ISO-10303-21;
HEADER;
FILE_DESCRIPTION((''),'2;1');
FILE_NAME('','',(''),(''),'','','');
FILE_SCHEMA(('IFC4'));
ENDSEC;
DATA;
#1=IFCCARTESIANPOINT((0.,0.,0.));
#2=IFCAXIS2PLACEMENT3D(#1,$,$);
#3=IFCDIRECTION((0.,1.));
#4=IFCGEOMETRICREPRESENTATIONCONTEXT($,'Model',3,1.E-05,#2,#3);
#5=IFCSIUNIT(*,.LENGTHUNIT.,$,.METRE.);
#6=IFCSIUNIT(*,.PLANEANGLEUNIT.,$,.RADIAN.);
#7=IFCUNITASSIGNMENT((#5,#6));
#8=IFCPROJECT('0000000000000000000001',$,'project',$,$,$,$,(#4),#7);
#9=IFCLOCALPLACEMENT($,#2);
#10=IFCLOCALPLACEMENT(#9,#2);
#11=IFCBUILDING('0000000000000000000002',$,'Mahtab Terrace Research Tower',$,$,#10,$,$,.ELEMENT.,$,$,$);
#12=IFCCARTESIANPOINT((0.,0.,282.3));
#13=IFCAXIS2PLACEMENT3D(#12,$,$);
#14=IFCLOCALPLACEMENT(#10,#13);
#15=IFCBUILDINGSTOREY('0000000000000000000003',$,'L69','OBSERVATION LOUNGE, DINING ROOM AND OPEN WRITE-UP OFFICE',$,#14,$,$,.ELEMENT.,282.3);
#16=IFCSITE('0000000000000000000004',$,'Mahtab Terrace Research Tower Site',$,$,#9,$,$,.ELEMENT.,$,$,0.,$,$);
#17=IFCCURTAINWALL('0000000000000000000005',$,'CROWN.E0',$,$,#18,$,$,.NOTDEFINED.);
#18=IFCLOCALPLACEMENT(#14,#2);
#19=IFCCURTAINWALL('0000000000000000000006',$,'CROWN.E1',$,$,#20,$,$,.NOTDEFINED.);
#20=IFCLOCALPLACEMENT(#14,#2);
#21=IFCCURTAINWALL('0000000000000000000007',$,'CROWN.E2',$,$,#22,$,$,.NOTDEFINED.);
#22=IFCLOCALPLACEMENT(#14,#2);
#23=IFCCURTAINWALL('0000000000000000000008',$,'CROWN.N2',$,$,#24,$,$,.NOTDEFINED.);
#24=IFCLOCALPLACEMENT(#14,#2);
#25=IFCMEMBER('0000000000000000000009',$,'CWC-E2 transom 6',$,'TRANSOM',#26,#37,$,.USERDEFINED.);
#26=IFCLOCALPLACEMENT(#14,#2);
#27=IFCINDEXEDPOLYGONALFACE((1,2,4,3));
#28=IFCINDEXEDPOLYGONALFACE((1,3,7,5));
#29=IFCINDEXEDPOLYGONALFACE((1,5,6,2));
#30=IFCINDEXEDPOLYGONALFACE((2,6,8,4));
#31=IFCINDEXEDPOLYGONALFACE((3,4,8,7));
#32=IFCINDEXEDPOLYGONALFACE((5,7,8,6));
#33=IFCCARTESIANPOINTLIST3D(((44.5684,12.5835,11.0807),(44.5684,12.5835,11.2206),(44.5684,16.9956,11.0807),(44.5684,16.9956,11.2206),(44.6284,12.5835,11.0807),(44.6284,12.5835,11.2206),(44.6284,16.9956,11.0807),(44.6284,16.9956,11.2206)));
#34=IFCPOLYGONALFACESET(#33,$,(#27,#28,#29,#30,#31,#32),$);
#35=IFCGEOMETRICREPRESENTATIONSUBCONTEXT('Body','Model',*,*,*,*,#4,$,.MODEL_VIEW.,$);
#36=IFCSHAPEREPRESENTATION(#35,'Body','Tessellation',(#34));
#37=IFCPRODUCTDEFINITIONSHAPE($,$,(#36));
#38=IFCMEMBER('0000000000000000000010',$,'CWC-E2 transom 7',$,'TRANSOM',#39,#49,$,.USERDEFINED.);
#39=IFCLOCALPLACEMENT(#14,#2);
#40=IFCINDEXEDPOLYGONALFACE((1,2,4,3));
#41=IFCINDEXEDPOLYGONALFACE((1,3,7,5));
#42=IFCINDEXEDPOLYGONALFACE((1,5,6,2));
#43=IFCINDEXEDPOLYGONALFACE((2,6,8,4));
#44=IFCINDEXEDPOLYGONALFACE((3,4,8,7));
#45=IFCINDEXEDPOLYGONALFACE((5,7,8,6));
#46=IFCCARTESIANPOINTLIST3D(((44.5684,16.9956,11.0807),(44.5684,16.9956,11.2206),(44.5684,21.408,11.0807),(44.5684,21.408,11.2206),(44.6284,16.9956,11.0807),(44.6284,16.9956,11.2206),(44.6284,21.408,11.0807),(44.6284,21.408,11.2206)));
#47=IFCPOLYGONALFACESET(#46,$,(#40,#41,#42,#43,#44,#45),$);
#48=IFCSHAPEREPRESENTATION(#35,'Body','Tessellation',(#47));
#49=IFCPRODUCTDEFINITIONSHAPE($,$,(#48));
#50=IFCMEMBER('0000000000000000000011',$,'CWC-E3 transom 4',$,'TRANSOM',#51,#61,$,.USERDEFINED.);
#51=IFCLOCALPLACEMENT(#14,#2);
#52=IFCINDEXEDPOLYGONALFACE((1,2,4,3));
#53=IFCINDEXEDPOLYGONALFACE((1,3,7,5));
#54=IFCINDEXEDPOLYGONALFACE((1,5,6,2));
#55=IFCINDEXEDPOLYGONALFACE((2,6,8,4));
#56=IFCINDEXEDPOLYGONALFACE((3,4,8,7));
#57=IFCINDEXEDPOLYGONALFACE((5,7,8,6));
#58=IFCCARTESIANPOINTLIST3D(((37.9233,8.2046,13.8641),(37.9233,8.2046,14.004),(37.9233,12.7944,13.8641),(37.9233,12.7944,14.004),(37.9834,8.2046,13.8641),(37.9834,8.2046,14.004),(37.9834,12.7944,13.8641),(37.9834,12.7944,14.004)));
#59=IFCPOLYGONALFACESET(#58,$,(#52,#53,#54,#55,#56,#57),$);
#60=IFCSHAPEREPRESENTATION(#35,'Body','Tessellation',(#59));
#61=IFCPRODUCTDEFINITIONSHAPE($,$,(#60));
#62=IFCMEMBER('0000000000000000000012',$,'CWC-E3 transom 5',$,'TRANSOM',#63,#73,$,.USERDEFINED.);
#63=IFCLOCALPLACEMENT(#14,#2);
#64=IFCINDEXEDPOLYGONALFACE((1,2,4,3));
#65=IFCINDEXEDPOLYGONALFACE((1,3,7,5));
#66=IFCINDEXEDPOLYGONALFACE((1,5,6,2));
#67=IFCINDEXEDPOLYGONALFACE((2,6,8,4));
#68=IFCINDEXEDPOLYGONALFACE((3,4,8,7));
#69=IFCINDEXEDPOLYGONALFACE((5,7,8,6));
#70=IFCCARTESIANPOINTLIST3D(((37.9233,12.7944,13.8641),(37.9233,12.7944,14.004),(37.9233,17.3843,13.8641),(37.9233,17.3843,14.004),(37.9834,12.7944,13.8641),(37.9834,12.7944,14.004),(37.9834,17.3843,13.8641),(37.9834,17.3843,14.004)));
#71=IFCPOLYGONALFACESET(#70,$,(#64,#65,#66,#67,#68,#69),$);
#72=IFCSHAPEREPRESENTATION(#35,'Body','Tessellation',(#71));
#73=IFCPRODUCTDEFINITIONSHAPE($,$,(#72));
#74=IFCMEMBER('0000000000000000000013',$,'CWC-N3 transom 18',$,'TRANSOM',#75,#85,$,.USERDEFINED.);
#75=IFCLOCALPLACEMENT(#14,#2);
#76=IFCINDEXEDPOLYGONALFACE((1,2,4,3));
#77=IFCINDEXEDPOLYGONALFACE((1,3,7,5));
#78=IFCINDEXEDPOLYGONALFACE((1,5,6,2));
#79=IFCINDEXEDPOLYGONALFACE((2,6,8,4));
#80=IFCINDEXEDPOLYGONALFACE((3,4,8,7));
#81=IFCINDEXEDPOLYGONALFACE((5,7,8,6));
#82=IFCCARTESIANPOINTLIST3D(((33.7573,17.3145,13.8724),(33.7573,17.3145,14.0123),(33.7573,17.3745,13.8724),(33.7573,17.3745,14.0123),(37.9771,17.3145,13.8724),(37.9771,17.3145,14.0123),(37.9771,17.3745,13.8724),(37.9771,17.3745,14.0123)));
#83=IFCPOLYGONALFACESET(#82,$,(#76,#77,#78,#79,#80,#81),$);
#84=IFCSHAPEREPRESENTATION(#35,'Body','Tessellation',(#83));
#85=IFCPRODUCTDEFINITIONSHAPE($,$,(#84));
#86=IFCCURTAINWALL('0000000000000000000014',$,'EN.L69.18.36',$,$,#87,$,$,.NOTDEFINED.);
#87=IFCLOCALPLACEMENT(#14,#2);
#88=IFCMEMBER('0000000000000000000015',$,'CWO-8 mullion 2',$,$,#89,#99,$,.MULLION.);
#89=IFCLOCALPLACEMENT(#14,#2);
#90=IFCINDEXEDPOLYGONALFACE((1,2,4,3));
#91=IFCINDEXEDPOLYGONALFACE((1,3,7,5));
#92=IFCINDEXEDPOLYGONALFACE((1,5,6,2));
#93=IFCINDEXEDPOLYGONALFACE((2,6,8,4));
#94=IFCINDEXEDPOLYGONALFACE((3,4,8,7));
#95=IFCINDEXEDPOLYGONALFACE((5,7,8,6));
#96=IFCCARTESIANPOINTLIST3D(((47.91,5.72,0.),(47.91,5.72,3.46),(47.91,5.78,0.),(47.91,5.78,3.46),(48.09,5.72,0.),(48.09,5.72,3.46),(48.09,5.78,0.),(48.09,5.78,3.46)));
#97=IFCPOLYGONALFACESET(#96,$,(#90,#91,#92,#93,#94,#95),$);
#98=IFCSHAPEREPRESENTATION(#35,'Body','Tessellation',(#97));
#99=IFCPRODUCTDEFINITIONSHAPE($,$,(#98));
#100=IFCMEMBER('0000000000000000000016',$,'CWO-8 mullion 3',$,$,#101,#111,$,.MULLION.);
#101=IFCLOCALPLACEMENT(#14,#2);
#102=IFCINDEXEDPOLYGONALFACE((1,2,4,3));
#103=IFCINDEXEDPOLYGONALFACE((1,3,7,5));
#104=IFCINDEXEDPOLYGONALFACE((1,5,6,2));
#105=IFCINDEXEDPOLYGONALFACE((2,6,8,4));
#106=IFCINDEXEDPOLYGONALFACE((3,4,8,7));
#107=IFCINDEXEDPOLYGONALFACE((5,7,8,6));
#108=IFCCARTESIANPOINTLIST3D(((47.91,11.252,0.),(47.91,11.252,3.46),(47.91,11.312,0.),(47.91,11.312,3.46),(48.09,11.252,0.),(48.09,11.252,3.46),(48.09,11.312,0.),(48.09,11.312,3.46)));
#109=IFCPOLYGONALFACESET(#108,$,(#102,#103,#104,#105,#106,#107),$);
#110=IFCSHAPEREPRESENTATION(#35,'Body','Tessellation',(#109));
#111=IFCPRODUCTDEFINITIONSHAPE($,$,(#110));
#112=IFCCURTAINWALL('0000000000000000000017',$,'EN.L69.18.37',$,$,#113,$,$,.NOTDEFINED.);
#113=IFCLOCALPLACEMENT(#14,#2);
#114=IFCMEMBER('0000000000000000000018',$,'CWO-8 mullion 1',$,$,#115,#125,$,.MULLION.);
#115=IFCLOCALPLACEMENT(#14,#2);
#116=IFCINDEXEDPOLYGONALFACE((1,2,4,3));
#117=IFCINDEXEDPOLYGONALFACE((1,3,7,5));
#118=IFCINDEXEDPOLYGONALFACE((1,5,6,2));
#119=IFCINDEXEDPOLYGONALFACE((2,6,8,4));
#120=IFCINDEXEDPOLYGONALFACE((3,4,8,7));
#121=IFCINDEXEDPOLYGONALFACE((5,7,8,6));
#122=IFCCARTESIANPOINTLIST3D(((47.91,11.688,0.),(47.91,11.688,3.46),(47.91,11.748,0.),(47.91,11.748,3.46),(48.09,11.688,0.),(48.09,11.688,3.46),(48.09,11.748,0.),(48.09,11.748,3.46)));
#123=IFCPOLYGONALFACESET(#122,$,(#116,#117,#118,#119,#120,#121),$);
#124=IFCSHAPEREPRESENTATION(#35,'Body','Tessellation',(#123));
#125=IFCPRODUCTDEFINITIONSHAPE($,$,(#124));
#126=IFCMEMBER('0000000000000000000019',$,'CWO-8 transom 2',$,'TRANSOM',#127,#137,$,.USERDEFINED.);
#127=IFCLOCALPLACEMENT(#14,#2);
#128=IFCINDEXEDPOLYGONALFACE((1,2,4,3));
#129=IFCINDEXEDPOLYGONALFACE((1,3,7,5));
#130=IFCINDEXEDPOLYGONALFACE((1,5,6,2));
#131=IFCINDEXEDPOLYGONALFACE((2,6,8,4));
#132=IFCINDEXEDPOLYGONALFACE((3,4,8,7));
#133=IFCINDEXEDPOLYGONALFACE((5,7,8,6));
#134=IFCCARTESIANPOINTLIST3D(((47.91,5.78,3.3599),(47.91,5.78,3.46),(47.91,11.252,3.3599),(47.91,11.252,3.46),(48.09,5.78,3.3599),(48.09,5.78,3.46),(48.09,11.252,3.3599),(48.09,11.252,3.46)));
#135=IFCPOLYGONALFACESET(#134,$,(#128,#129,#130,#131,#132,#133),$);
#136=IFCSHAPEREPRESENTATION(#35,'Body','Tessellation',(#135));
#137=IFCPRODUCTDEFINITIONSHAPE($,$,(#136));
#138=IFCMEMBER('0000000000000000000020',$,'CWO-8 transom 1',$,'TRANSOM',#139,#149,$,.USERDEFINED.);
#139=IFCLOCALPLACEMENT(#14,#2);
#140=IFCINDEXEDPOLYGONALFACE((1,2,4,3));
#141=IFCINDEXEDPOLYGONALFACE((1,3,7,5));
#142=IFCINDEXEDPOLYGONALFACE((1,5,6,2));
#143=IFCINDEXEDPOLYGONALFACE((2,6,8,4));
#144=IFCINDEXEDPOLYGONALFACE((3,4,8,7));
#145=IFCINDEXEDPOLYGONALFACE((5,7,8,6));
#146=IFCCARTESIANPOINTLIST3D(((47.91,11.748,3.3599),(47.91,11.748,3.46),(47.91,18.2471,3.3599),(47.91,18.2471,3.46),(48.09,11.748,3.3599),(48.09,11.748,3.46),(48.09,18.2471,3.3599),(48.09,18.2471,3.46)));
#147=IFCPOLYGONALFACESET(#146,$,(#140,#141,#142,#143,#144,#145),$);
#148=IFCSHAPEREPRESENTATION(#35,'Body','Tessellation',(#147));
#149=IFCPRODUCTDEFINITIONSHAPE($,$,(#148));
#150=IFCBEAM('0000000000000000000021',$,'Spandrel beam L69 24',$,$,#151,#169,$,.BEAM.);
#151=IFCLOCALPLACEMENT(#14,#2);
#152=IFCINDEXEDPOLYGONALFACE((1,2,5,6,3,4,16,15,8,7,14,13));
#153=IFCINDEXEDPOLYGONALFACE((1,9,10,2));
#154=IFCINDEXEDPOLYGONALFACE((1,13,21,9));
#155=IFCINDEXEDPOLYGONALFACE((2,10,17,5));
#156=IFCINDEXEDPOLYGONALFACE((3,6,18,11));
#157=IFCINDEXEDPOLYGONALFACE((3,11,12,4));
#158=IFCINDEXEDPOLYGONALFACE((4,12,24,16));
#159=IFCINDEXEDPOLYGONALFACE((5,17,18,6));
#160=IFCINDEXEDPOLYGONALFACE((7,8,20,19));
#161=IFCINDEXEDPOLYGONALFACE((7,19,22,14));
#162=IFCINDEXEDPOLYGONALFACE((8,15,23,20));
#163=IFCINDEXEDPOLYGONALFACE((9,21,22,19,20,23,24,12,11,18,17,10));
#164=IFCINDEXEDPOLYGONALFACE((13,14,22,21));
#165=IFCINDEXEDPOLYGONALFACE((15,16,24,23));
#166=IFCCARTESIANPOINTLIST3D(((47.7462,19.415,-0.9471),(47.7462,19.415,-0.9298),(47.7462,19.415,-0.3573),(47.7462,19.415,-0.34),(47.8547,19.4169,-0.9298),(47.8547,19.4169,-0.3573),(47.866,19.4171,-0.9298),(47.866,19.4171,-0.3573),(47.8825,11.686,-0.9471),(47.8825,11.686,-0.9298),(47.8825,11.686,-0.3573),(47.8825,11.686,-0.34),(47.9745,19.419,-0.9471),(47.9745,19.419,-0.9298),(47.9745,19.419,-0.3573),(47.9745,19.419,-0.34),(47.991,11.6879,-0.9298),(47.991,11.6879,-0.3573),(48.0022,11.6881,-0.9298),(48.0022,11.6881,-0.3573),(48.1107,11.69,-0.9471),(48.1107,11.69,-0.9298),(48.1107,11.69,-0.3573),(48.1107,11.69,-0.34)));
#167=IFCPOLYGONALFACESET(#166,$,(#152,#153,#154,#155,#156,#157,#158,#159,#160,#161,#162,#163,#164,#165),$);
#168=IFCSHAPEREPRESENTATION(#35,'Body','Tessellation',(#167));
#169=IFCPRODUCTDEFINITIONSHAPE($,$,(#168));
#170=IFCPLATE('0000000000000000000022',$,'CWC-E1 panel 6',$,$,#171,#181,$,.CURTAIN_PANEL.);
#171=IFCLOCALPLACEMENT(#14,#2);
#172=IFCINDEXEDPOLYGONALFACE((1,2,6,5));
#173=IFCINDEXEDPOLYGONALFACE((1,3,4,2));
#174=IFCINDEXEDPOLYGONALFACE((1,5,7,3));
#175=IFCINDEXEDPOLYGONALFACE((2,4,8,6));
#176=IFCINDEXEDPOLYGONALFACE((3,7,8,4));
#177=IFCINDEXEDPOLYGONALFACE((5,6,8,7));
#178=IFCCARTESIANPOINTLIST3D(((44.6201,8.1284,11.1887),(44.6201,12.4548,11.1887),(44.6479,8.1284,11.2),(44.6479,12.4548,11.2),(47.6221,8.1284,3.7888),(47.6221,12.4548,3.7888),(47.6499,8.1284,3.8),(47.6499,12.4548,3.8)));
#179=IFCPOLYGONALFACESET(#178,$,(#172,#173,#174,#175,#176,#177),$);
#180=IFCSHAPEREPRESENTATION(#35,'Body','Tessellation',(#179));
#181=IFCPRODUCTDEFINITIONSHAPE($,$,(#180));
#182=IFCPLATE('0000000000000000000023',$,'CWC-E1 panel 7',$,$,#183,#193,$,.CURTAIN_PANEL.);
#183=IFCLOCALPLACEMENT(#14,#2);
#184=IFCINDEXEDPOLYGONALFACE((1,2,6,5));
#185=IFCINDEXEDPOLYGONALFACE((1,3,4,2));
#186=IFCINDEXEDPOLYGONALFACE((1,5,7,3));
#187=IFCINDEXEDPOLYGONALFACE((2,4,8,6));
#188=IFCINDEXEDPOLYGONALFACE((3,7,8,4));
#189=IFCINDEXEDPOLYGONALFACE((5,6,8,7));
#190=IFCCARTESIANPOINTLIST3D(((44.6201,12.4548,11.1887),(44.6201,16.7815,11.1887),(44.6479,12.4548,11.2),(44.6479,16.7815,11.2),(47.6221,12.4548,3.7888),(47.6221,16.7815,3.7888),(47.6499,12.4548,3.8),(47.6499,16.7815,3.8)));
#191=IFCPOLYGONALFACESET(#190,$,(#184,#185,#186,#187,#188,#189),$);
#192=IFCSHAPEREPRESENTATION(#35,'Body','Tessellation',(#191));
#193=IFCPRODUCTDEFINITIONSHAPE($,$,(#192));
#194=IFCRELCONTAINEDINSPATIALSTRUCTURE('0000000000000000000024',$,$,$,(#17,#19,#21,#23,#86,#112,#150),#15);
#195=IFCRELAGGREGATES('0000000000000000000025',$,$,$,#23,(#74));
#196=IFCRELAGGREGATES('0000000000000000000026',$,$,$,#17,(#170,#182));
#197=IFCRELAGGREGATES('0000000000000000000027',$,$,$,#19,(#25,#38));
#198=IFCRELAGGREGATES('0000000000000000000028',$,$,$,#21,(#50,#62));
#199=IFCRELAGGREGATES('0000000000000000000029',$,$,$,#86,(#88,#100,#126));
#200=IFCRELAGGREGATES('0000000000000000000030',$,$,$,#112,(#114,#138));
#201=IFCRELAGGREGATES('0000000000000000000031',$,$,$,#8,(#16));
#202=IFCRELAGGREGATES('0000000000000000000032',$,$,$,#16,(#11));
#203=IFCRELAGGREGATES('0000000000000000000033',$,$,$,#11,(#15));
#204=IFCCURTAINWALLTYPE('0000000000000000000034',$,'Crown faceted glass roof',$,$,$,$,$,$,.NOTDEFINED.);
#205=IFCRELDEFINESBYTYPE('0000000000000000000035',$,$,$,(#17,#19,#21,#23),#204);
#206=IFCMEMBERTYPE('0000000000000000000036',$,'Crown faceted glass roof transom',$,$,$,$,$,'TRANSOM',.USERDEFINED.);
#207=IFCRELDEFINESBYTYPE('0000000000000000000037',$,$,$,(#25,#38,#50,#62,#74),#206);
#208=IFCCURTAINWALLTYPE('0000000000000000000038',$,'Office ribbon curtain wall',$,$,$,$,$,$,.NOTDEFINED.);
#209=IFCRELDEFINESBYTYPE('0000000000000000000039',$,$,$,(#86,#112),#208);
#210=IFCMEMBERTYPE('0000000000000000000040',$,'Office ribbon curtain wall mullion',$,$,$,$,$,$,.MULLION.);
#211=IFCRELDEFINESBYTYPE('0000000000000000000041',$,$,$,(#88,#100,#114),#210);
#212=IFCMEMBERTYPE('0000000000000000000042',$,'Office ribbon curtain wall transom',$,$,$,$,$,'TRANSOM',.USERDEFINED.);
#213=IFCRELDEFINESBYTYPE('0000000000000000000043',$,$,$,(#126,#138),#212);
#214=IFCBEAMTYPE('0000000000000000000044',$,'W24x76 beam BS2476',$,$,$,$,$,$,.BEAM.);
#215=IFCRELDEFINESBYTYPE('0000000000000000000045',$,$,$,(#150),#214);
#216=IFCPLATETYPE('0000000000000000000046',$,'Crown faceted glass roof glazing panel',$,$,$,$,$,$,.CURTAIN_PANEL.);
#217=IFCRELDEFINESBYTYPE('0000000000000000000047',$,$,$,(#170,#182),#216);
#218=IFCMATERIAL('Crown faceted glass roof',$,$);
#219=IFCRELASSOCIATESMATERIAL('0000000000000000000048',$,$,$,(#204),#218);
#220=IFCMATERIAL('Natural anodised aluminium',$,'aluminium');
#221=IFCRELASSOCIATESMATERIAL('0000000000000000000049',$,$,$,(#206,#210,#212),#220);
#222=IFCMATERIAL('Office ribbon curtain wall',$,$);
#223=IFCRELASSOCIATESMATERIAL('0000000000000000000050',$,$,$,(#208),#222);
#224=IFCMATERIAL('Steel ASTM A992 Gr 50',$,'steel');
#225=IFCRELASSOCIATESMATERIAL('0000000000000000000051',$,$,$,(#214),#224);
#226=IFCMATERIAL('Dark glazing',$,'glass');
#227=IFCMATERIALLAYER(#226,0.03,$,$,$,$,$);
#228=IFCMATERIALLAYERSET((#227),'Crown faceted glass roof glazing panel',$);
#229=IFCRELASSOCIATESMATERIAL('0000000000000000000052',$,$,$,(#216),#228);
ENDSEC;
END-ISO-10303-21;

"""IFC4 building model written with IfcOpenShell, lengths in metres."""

from ifc_helpers import new_model, si_unit, direction, frame, origin, origin_2d, place, context, subcontext, project, spatial, polyline, rectangle, i_section, outline, extrude, material, layer, layer_set, material_profile, profile_set, type_object, element, aggregate, save


model = new_model("IFC4")

# Units and contexts
model_context = context("Model", 3, precision=1e-05, world=origin(), true_north=direction((0.0, 1.0)))
body_context = subcontext(model_context, "Body", "Model", "MODEL_VIEW")
ifc_project = project(units=[si_unit("LENGTHUNIT", "METRE"), si_unit("PLANEANGLEUNIT", "RADIAN")], contexts=[model_context])

# Site, building, storey
site_placement = place(None, origin())
site = spatial("IfcSite", under=ifc_project, at=site_placement, Name="Mahtab Terrace Research Tower Site", CompositionType="ELEMENT", RefElevation=0.0)
building_placement = place(site_placement, origin())
building = spatial("IfcBuilding", under=site, at=building_placement, Name="Mahtab Terrace Research Tower", CompositionType="ELEMENT")
storey_placement = place(building_placement, frame((0.0, 0.0, 282.3)))
storey = spatial("IfcBuildingStorey", under=building, at=storey_placement, Name="L69", Description="OBSERVATION LOUNGE, DINING ROOM AND OPEN WRITE-UP OFFICE", CompositionType="ELEMENT", Elevation=282.3)

# Shared definitions
ifc_material_1 = material(Name="Steel ASTM A992 Gr 50", Category="steel")

# Curtain walls
ifc_material_2 = material(Name="Crown faceted glass roof")
curtain_wall_type_1 = type_object("IfcCurtainWallType", Name="Crown faceted glass roof", PredefinedType="NOTDEFINED", material=ifc_material_2)
curtain_wall_1_placement = place(storey_placement, origin())
curtain_wall_1 = element("IfcCurtainWall", 1, at=curtain_wall_1_placement, inside=storey, type_object=curtain_wall_type_1, Name="CROWN.E0", PredefinedType="NOTDEFINED")
ifc_material_3 = material(Name="Natural anodised aluminium", Category="aluminium")
curtain_wall_2_placement = place(storey_placement, origin())
curtain_wall_2 = element("IfcCurtainWall", 2, at=curtain_wall_2_placement, inside=storey, type_object=curtain_wall_type_1, Name="CROWN.E1", PredefinedType="NOTDEFINED")
curtain_wall_3_placement = place(storey_placement, origin())
curtain_wall_3 = element("IfcCurtainWall", 3, at=curtain_wall_3_placement, inside=storey, type_object=curtain_wall_type_1, Name="CROWN.E2", PredefinedType="NOTDEFINED")

# Curtain wall
curtain_wall_4_placement = place(storey_placement, origin())
curtain_wall_4 = element("IfcCurtainWall", 4, at=curtain_wall_4_placement, inside=storey, type_object=curtain_wall_type_1, Name="CROWN.N2", PredefinedType="NOTDEFINED")

# Members
ifc_material_profile_1 = material_profile(ifc_material_3, rectangle(XDim=0.0601, YDim=0.1399, at=origin_2d()), Name="TRANSOM 60x140")
ifc_profile_set_1 = profile_set([ifc_material_profile_1], Name="Natural anodised aluminium")
member_type_1 = type_object("IfcMemberType", Name="Crown faceted glass roof transom", ElementType="TRANSOM", PredefinedType="USERDEFINED", material=ifc_profile_set_1)
member_1_placement = place(storey_placement, frame((44.5984, 12.5835, 11.1506), z_axis=(0.0, 1.0, 0.0), x_axis=(-1.0, 0.0, 0.0)))
member_1 = element("IfcMember", 5, at=member_1_placement, type_object=member_type_1, Name="CWC-E2 transom 6", ObjectType="TRANSOM", PredefinedType="USERDEFINED", context=body_context, shape_type="SweptSolid", body=[
    extrude(rectangle(XDim=0.0601, YDim=0.1399, at=origin_2d()), origin(), (0.0, 0.0, 1.0), 4.4121),
])
member_2_placement = place(storey_placement, frame((44.5984, 16.9956, 11.1506), z_axis=(0.0, 1.0, 0.0), x_axis=(-1.0, 0.0, 0.0)))
member_2 = element("IfcMember", 6, at=member_2_placement, type_object=member_type_1, Name="CWC-E2 transom 7", ObjectType="TRANSOM", PredefinedType="USERDEFINED", context=body_context, shape_type="SweptSolid", body=[
    extrude(rectangle(XDim=0.0601, YDim=0.1399, at=origin_2d()), origin(), (0.0, 0.0, 1.0), 4.4124),
])
member_3_placement = place(storey_placement, frame((37.9534, 8.2046, 13.9341), z_axis=(0.0, 1.0, 0.0), x_axis=(-1.0, 0.0, 0.0)))
member_3 = element("IfcMember", 7, at=member_3_placement, type_object=member_type_1, Name="CWC-E3 transom 4", ObjectType="TRANSOM", PredefinedType="USERDEFINED", context=body_context, shape_type="SweptSolid", body=[
    extrude(rectangle(XDim=0.0601, YDim=0.1399, at=origin_2d()), origin(), (0.0, 0.0, 1.0), 4.5898),
])
member_4_placement = place(storey_placement, frame((37.9534, 12.7944, 13.9341), z_axis=(0.0, 1.0, 0.0), x_axis=(-1.0, 0.0, 0.0)))
member_4 = element("IfcMember", 8, at=member_4_placement, type_object=member_type_1, Name="CWC-E3 transom 5", ObjectType="TRANSOM", PredefinedType="USERDEFINED", context=body_context, shape_type="SweptSolid", body=[
    extrude(rectangle(XDim=0.0601, YDim=0.1399, at=origin_2d()), origin(), (0.0, 0.0, 1.0), 4.5898),
])
member_5_placement = place(storey_placement, frame((33.7573, 17.3445, 13.9424), z_axis=(1.0, 0.0, 0.0), x_axis=(0.0, 1.0, 0.0)))
member_5 = element("IfcMember", 9, at=member_5_placement, type_object=member_type_1, Name="CWC-N3 transom 18", ObjectType="TRANSOM", PredefinedType="USERDEFINED", context=body_context, shape_type="SweptSolid", body=[
    extrude(rectangle(XDim=0.0601, YDim=0.1399, at=origin_2d()), origin(), (0.0, 0.0, 1.0), 4.2197),
])
aggregate(curtain_wall_4, [member_5])

# Curtain wall, members
ifc_material_4 = material(Name="Office ribbon curtain wall")
curtain_wall_type_2 = type_object("IfcCurtainWallType", Name="Office ribbon curtain wall", PredefinedType="NOTDEFINED", material=ifc_material_4)
curtain_wall_5_placement = place(storey_placement, origin())
curtain_wall_5 = element("IfcCurtainWall", 10, at=curtain_wall_5_placement, inside=storey, type_object=curtain_wall_type_2, Name="EN.L69.18.36", PredefinedType="NOTDEFINED")
ifc_material_profile_2 = material_profile(ifc_material_3, rectangle(XDim=0.1799, YDim=0.0601, at=origin_2d()), Name="MULLION 60x180")
ifc_profile_set_2 = profile_set([ifc_material_profile_2], Name="Natural anodised aluminium")
member_type_2 = type_object("IfcMemberType", Name="Office ribbon curtain wall mullion", PredefinedType="MULLION", material=ifc_profile_set_2)
member_6_placement = place(storey_placement, frame((48.0, 5.75, 0.0), z_axis=(0.0, 0.0, 1.0), x_axis=(-1.0, 0.0, 0.0)))
member_6 = element("IfcMember", 11, at=member_6_placement, type_object=member_type_2, Name="CWO-8 mullion 2", PredefinedType="MULLION", context=body_context, shape_type="SweptSolid", body=[
    extrude(rectangle(XDim=0.1799, YDim=0.0601, at=origin_2d()), origin(), (0.0, 0.0, 1.0), 3.46),
])
member_7_placement = place(storey_placement, frame((48.0, 11.282, 0.0), z_axis=(0.0, 0.0, 1.0), x_axis=(-1.0, 0.0, 0.0)))
member_7 = element("IfcMember", 12, at=member_7_placement, type_object=member_type_2, Name="CWO-8 mullion 3", PredefinedType="MULLION", context=body_context, shape_type="SweptSolid", body=[
    extrude(rectangle(XDim=0.1799, YDim=0.0601, at=origin_2d()), origin(), (0.0, 0.0, 1.0), 3.46),
])

# Curtain wall, member
curtain_wall_6_placement = place(storey_placement, origin())
curtain_wall_6 = element("IfcCurtainWall", 13, at=curtain_wall_6_placement, inside=storey, type_object=curtain_wall_type_2, Name="EN.L69.18.37", PredefinedType="NOTDEFINED")
member_8_placement = place(storey_placement, frame((48.0, 11.718, 0.0), z_axis=(0.0, 0.0, 1.0), x_axis=(-1.0, 0.0, 0.0)))
member_8 = element("IfcMember", 14, at=member_8_placement, type_object=member_type_2, Name="CWO-8 mullion 1", PredefinedType="MULLION", context=body_context, shape_type="SweptSolid", body=[
    extrude(rectangle(XDim=0.1799, YDim=0.0601, at=origin_2d()), origin(), (0.0, 0.0, 1.0), 3.46),
])

# Members
ifc_material_profile_3 = material_profile(ifc_material_3, rectangle(XDim=0.1799, YDim=0.1001, at=origin_2d()), Name="TRANSOM 100x180")
ifc_profile_set_3 = profile_set([ifc_material_profile_3], Name="Natural anodised aluminium")
member_type_3 = type_object("IfcMemberType", Name="Office ribbon curtain wall transom", ElementType="TRANSOM", PredefinedType="USERDEFINED", material=ifc_profile_set_3)
member_9_placement = place(storey_placement, frame((48.0, 5.78, 3.4099), z_axis=(0.0, 1.0, 0.0), x_axis=(-1.0, 0.0, 0.0)))
member_9 = element("IfcMember", 15, at=member_9_placement, type_object=member_type_3, Name="CWO-8 transom 2", ObjectType="TRANSOM", PredefinedType="USERDEFINED", context=body_context, shape_type="SweptSolid", body=[
    extrude(rectangle(XDim=0.1799, YDim=0.1001, at=origin_2d()), origin(), (0.0, 0.0, 1.0), 5.4719),
])
member_10_placement = place(storey_placement, frame((48.0, 11.748, 3.4099), z_axis=(0.0, 1.0, 0.0), x_axis=(-1.0, 0.0, 0.0)))
member_10 = element("IfcMember", 16, at=member_10_placement, type_object=member_type_3, Name="CWO-8 transom 1", ObjectType="TRANSOM", PredefinedType="USERDEFINED", context=body_context, shape_type="SweptSolid", body=[
    extrude(rectangle(XDim=0.1799, YDim=0.1001, at=origin_2d()), origin(), (0.0, 0.0, 1.0), 6.499),
])

# Beam
ifc_material_profile_4 = material_profile(ifc_material_1, i_section(OverallWidth=0.2283, OverallDepth=0.6072, WebThickness=0.0112, FlangeThickness=0.0173, at=origin_2d()), Name="W24X76")
ifc_profile_set_4 = profile_set([ifc_material_profile_4], Name="Steel ASTM A992 Gr 50")
beam_type = type_object("IfcBeamType", Name="W24x76 beam BS2476", PredefinedType="BEAM", material=ifc_profile_set_4)
beam_placement = place(storey_placement, frame((47.9966, 11.688, -0.6436), z_axis=(-0.017623, 0.999845, 0.0), x_axis=(-0.999845, -0.017623, 0.0)))
element("IfcBeam", 17, at=beam_placement, inside=storey, type_object=beam_type, Name="Spandrel beam L69 24", PredefinedType="BEAM", context=body_context, shape_type="SweptSolid", body=[
    extrude(i_section(OverallWidth=0.2283, OverallDepth=0.6072, WebThickness=0.0112, FlangeThickness=0.0173, at=origin_2d()), origin(), (0.0, 0.0, 1.0), 7.7302),
])

# Plates
ifc_material_5 = material(Name="Dark glazing", Category="glass")
ifc_layer_1 = layer(ifc_material_5, 0.03)
ifc_layer_set_1 = layer_set([ifc_layer_1], Name="Crown faceted glass roof glazing panel")
plate_type_1 = type_object("IfcPlateType", Name="Crown faceted glass roof glazing panel", PredefinedType="CURTAIN_PANEL", material=ifc_layer_set_1)
plate_1_placement = place(storey_placement, frame((47.6499, 8.1284, 3.8), z_axis=(0.926652, 0.0, 0.375919), x_axis=(0.0, 1.0, 0.0)))
plate_1 = element("IfcPlate", 18, at=plate_1_placement, type_object=plate_type_1, Name="CWC-E1 panel 6", PredefinedType="CURTAIN_PANEL", context=body_context, shape_type="SweptSolid", body=[
    extrude(outline(polyline([(0.0, 0.0), (4.3264, 0.0), (4.3264, 7.9856), (0.0, 7.9856), (0.0, 0.0)])), origin(), (0.0, 0.0, -1.0), 0.03),
])
plate_2_placement = place(storey_placement, frame((47.6499, 12.4548, 3.8), z_axis=(0.926652, 0.0, 0.375919), x_axis=(0.0, 1.0, 0.0)))
plate_2 = element("IfcPlate", 19, at=plate_2_placement, type_object=plate_type_1, Name="CWC-E1 panel 7", PredefinedType="CURTAIN_PANEL", context=body_context, shape_type="SweptSolid", body=[
    extrude(outline(polyline([(0.0, 0.0), (4.3267, 0.0), (4.3267, 7.9856), (0.0, 7.9856), (0.0, 0.0)])), origin(), (0.0, 0.0, -1.0), 0.03),
])
aggregate(curtain_wall_1, [plate_1, plate_2])
aggregate(curtain_wall_2, [member_1, member_2])
aggregate(curtain_wall_3, [member_3, member_4])

aggregate(curtain_wall_5, [member_6, member_7, member_9])
aggregate(curtain_wall_6, [member_8, member_10])

save(model, "model.ifc")
